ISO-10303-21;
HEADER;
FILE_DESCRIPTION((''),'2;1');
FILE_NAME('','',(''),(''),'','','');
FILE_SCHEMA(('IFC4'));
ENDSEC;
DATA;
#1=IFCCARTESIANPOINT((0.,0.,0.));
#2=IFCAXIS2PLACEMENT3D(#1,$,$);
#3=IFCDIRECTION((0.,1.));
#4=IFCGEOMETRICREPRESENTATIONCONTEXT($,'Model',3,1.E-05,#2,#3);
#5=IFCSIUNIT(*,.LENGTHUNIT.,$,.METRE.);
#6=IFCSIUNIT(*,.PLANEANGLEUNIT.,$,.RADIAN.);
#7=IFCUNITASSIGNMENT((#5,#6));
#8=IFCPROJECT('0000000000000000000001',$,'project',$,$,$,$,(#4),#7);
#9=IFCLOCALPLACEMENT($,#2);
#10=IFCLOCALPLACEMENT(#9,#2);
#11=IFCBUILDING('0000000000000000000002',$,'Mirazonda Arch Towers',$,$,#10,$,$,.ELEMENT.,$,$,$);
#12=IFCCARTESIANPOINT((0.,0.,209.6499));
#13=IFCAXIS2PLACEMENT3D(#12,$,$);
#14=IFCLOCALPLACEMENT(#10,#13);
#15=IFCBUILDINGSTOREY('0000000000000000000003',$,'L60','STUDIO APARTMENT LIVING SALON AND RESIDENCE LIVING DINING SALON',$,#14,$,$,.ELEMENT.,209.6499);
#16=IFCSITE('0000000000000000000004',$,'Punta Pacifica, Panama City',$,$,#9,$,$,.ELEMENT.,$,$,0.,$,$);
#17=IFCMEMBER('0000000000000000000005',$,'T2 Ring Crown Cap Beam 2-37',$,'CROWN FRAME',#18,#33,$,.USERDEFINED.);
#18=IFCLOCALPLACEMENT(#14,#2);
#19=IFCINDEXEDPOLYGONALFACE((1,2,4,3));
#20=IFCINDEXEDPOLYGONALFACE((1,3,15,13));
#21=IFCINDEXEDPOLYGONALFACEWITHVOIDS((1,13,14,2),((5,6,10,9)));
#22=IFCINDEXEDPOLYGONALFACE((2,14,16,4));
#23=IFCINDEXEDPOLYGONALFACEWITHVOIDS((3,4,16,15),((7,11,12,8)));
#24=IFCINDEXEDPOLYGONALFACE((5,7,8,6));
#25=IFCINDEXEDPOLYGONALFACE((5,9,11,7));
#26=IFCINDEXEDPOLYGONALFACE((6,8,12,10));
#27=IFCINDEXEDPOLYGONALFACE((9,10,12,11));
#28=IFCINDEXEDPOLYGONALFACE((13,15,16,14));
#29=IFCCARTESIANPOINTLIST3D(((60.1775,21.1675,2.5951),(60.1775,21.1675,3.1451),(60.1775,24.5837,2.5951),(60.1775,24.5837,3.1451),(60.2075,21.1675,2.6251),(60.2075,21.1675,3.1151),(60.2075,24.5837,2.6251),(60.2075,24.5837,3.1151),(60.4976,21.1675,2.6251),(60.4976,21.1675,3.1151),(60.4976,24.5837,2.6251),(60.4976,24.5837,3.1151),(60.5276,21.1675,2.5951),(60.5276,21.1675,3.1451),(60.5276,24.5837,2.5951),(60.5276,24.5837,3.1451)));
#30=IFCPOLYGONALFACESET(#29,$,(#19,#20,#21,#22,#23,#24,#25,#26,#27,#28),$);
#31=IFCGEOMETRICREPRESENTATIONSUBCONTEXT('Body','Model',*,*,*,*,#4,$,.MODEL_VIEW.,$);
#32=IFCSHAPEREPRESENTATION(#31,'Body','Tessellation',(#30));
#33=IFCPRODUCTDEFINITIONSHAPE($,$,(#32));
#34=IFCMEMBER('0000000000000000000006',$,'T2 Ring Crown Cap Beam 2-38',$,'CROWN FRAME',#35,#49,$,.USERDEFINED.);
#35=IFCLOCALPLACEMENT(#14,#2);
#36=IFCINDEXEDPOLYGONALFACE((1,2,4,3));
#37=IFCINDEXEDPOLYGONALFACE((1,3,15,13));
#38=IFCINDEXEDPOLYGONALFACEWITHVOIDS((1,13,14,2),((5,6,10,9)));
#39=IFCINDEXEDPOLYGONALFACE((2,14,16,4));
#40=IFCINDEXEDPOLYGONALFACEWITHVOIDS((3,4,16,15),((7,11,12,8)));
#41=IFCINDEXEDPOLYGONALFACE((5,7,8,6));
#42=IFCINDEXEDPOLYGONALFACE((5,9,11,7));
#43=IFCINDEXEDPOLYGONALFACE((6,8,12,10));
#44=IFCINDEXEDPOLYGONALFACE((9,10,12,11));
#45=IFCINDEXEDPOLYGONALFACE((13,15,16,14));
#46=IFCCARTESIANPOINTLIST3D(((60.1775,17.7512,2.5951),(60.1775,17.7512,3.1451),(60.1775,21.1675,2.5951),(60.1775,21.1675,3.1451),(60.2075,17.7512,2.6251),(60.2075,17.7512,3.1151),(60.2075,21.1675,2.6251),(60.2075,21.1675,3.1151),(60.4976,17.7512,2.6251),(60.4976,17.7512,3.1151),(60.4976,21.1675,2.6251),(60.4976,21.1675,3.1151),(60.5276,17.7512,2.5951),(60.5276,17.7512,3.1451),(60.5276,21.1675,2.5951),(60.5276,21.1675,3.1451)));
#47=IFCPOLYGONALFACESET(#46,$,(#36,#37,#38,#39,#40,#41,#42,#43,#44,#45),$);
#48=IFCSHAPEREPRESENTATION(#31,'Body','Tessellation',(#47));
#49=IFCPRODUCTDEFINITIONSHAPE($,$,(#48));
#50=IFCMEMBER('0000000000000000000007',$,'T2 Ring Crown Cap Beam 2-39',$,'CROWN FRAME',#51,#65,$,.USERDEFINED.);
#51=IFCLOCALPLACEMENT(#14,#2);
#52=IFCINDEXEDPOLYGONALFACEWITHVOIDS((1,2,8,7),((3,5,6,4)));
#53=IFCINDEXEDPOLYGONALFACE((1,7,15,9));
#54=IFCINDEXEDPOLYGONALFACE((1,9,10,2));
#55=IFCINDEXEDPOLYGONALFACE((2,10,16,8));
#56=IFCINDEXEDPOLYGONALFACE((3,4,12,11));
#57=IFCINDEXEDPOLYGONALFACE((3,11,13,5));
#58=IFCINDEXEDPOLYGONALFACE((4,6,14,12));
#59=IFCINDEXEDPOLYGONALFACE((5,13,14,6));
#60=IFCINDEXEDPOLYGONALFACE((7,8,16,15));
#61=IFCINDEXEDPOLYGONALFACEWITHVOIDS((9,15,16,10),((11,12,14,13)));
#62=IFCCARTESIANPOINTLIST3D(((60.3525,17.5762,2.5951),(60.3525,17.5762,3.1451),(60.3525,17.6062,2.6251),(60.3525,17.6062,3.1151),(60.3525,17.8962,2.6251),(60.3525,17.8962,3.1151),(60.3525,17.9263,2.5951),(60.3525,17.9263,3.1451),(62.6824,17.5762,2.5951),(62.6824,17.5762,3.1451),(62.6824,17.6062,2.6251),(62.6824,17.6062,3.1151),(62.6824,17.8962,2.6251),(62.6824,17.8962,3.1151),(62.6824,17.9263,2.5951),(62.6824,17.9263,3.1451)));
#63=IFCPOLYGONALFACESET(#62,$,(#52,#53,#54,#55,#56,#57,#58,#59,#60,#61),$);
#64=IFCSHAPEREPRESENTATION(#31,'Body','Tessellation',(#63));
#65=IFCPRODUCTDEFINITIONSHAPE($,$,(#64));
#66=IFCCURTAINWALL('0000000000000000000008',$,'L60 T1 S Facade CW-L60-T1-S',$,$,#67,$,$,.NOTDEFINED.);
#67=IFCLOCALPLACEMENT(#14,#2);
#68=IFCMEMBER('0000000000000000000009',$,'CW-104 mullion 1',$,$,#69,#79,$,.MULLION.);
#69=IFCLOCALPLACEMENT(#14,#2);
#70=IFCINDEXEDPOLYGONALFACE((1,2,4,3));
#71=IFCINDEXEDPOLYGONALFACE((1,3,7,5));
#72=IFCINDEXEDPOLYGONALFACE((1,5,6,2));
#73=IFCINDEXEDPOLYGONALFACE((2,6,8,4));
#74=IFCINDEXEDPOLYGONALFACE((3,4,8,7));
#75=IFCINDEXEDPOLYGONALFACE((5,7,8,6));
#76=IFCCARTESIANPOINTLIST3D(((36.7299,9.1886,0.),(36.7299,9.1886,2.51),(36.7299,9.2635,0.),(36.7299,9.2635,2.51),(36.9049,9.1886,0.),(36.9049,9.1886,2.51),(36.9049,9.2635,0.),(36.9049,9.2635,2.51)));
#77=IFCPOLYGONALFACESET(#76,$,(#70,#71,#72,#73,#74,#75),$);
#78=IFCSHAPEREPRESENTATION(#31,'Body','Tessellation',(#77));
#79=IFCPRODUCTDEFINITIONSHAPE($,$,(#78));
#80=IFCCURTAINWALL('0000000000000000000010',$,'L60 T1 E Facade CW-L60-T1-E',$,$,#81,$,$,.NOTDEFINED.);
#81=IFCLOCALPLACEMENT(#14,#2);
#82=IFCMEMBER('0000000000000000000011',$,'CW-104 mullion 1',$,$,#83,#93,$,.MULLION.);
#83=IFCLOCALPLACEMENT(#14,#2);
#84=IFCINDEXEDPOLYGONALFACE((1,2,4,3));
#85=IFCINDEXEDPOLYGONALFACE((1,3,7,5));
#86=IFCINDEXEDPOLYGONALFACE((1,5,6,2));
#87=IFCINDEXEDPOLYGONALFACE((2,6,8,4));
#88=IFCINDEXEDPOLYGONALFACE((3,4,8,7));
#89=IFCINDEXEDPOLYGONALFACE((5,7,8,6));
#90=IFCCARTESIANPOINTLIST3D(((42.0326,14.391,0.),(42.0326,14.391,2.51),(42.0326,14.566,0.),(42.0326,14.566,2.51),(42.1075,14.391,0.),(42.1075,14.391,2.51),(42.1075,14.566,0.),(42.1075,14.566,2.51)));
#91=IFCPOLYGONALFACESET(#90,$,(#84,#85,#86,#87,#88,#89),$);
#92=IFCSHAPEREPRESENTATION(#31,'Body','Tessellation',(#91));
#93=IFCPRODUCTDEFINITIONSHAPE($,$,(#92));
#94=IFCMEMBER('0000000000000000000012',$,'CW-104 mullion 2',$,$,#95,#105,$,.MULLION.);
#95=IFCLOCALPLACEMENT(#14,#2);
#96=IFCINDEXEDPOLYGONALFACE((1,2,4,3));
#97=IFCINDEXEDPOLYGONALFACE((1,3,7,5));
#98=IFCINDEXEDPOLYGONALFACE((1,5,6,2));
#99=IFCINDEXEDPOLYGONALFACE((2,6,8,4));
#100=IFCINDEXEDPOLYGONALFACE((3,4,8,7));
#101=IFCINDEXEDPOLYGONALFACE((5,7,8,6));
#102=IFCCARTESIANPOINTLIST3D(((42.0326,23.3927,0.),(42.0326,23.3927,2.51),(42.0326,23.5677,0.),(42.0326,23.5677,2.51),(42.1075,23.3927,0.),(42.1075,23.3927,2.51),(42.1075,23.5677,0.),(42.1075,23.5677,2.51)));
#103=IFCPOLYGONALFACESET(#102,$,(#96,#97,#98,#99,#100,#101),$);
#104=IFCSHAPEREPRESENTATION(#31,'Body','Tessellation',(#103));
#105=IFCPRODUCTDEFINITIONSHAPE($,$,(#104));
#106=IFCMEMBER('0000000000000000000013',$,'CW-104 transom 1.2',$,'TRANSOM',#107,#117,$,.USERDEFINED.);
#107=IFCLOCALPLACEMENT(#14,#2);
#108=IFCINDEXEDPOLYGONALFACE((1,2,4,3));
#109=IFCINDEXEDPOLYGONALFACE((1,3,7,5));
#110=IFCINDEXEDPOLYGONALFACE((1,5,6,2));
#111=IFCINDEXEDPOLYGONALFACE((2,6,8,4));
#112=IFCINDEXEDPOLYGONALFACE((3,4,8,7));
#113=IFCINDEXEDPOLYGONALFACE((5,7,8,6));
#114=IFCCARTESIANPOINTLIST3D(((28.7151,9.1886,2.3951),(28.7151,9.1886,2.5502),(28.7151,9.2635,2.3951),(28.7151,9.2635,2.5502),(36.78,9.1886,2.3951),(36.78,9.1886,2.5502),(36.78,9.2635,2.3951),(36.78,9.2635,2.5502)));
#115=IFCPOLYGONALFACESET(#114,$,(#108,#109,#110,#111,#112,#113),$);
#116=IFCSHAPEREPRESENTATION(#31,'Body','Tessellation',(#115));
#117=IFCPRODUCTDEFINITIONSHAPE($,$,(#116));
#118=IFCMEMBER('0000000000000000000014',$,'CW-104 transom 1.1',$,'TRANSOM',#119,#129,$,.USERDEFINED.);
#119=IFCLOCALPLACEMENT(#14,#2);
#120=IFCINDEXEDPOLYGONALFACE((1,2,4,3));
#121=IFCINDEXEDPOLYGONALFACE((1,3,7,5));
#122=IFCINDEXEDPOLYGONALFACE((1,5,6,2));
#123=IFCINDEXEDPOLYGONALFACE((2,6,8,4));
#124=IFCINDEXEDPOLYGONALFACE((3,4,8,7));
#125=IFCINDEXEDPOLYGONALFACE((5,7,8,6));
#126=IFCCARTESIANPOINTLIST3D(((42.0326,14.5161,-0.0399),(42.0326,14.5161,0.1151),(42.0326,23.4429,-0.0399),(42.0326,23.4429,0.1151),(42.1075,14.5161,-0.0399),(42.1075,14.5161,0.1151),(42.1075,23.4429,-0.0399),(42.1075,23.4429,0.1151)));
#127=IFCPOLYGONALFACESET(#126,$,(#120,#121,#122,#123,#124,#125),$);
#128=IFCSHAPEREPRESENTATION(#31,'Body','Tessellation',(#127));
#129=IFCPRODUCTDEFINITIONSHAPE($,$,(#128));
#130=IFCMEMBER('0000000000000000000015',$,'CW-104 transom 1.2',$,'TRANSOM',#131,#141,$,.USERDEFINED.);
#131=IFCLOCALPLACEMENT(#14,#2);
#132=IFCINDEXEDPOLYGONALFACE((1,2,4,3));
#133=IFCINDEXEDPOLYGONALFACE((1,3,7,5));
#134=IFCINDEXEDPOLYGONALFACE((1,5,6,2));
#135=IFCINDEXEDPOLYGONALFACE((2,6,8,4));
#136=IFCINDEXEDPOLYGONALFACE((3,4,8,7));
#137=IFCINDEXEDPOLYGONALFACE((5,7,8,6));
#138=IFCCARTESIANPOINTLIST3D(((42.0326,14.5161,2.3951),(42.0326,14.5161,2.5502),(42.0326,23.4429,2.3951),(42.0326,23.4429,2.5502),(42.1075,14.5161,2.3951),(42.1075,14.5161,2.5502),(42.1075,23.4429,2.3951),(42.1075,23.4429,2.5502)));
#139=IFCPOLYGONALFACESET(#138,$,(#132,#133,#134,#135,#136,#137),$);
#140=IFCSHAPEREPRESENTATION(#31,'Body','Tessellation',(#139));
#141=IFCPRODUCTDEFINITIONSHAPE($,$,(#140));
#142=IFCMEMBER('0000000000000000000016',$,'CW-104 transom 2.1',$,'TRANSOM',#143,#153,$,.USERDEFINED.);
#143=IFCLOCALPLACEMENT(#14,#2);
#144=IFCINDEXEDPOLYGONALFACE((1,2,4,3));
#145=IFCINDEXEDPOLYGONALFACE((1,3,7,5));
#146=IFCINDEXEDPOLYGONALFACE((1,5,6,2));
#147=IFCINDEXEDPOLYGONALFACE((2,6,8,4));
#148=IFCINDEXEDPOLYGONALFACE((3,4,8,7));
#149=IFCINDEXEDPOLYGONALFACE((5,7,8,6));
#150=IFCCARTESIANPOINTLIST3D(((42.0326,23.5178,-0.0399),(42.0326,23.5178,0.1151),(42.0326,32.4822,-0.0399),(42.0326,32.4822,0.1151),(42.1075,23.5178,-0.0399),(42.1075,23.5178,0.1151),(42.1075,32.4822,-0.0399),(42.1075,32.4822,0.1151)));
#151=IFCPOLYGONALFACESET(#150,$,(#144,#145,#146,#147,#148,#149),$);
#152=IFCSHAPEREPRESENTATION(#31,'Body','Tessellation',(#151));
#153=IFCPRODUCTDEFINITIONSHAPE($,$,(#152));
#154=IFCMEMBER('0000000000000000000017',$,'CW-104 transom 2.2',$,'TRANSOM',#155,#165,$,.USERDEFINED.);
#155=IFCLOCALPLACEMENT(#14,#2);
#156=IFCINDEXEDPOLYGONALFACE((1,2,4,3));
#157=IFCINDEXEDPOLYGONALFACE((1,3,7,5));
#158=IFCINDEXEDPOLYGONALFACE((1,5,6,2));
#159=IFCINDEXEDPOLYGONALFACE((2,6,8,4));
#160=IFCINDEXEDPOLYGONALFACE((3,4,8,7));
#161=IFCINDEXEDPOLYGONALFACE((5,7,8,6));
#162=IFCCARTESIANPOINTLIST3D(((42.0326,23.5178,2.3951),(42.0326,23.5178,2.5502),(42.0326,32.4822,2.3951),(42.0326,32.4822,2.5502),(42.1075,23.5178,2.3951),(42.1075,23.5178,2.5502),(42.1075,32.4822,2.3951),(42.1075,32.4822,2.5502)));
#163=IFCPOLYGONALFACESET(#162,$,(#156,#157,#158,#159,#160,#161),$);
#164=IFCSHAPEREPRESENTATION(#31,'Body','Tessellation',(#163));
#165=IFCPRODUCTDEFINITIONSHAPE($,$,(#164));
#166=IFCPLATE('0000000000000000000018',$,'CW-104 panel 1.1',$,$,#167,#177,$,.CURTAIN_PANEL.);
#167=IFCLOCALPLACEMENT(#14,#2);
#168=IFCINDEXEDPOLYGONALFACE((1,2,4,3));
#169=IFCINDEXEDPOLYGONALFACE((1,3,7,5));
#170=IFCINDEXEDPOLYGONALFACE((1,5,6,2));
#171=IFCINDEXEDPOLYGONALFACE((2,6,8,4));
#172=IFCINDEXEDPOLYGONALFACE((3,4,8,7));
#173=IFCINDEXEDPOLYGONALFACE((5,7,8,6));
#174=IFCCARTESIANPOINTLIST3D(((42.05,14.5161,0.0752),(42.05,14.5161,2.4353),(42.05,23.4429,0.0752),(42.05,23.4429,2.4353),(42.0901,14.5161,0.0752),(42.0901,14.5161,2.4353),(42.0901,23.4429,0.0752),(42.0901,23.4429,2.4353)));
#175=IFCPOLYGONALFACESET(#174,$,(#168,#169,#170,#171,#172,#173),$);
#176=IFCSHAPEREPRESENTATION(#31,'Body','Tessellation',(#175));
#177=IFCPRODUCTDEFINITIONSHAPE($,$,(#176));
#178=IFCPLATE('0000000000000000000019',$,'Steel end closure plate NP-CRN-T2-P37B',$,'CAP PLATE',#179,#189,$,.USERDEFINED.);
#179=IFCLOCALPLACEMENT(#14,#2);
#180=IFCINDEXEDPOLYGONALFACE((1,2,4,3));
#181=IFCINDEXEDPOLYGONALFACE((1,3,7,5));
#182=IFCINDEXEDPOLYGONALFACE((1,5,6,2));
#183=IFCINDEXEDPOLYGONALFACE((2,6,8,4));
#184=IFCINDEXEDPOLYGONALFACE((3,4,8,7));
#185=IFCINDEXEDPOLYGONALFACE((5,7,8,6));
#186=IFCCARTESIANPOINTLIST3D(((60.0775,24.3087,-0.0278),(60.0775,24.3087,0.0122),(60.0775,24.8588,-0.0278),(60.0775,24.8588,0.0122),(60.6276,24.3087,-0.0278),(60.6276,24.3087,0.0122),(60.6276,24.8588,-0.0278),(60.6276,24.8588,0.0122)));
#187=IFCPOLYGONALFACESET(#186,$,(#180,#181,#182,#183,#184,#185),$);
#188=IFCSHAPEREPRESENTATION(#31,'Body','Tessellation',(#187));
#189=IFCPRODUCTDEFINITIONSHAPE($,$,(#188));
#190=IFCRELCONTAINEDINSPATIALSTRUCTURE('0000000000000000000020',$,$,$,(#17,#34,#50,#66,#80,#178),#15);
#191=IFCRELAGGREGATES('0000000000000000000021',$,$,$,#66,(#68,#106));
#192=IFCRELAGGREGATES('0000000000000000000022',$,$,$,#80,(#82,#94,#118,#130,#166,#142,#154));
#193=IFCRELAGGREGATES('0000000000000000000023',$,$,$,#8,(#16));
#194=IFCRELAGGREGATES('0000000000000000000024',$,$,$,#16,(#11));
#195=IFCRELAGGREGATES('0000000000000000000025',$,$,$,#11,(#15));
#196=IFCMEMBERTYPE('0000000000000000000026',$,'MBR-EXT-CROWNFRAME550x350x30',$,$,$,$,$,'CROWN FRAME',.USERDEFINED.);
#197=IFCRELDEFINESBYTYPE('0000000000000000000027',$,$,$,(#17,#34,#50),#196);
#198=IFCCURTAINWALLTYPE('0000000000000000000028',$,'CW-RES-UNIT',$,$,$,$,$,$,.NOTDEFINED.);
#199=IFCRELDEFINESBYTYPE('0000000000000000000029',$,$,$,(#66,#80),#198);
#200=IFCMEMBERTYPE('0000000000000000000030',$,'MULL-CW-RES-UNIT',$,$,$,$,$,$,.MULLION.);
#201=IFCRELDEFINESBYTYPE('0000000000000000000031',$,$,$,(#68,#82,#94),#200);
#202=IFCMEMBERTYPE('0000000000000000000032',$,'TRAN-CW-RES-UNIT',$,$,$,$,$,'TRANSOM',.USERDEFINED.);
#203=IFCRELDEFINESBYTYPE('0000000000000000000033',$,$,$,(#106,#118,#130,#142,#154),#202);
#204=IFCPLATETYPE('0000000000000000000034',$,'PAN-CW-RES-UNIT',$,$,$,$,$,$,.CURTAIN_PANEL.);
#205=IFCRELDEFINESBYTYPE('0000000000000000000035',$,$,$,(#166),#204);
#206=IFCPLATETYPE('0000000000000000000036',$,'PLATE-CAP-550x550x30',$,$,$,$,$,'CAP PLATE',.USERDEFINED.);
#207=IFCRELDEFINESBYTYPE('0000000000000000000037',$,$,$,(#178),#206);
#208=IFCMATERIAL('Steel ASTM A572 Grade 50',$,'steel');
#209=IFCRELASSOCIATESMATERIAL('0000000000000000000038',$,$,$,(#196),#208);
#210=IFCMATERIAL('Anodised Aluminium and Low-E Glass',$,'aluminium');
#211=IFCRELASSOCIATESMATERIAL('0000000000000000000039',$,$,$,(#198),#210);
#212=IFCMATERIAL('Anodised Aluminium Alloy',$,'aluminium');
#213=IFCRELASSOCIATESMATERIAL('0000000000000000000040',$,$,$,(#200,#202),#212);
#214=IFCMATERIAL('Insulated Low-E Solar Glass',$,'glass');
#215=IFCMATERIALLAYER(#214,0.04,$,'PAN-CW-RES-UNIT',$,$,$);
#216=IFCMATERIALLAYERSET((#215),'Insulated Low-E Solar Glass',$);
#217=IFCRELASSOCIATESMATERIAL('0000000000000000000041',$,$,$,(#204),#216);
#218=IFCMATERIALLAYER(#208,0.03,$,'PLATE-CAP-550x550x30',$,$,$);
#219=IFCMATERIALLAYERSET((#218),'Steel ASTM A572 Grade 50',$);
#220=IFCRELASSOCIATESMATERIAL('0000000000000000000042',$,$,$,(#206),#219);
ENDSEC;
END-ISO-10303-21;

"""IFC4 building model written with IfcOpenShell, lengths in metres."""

from ifc_helpers import new_model, si_unit, direction, frame, origin, origin_2d, place, context, subcontext, project, spatial, rectangle, hollow_rectangle, extrude, material, layer, layer_set, material_profile, profile_set, type_object, element, aggregate, save


model = new_model("IFC4")

# Units and contexts
model_context = context("Model", 3, precision=1e-05, world=origin(), true_north=direction((0.0, 1.0)))
body_context = subcontext(model_context, "Body", "Model", "MODEL_VIEW")
ifc_project = project(units=[si_unit("LENGTHUNIT", "METRE"), si_unit("PLANEANGLEUNIT", "RADIAN")], contexts=[model_context])

# Site, building, storey
site_placement = place(None, origin())
site = spatial("IfcSite", under=ifc_project, at=site_placement, Name="Punta Pacifica, Panama City", CompositionType="ELEMENT", RefElevation=0.0)
building_placement = place(site_placement, origin())
building = spatial("IfcBuilding", under=site, at=building_placement, Name="Mirazonda Arch Towers", CompositionType="ELEMENT")
storey_placement = place(building_placement, frame((0.0, 0.0, 209.6499)))
storey = spatial("IfcBuildingStorey", under=building, at=storey_placement, Name="L60", Description="STUDIO APARTMENT LIVING SALON AND RESIDENCE LIVING DINING SALON", CompositionType="ELEMENT", Elevation=209.6499)

# Shared definitions
ifc_material_1 = material(Name="Steel ASTM A572 Grade 50", Category="steel")

# Members
ifc_material_profile_1 = material_profile(ifc_material_1, hollow_rectangle(XDim=0.3501, YDim=0.55, WallThickness=0.03, at=origin_2d()), Name="CROWNFRAME550x350x30")
ifc_profile_set_1 = profile_set([ifc_material_profile_1], Name="Steel ASTM A572 Grade 50")
member_type_1 = type_object("IfcMemberType", Name="MBR-EXT-CROWNFRAME550x350x30", ElementType="CROWN FRAME", PredefinedType="USERDEFINED", material=ifc_profile_set_1)
for number, where, z_axis, x_axis, name in (
    (1, (60.3525, 24.5837, 2.8701), (0.0, -1.0, 0.0), (1.0, 0.0, 0.0), "T2 Ring Crown Cap Beam 2-37"),
    (2, (60.3525, 21.1675, 2.8701), (0.0, -1.0, 0.0), (1.0, 0.0, 0.0), "T2 Ring Crown Cap Beam 2-38"),
):
    element("IfcMember", number, at=place(storey_placement, frame(where, z_axis=z_axis, x_axis=x_axis)), inside=storey, type_object=member_type_1, Name=name, ObjectType="CROWN FRAME", PredefinedType="USERDEFINED", context=body_context, shape_type="SweptSolid", body=[
        extrude(hollow_rectangle(XDim=0.3501, YDim=0.55, WallThickness=0.03, at=origin_2d()), origin(), (0.0, 0.0, 1.0), 3.4163),
    ])
member_1_placement = place(storey_placement, frame((60.3525, 17.7512, 2.8701), z_axis=(1.0, 0.0, 0.0), x_axis=(0.0, 1.0, 0.0)))
element("IfcMember", 3, at=member_1_placement, inside=storey, type_object=member_type_1, Name="T2 Ring Crown Cap Beam 2-39", ObjectType="CROWN FRAME", PredefinedType="USERDEFINED", context=body_context, shape_type="SweptSolid", body=[
    extrude(hollow_rectangle(XDim=0.3501, YDim=0.55, WallThickness=0.03, at=origin_2d()), origin(), (0.0, 0.0, 1.0), 2.3298),
])

# Curtain wall, member
ifc_material_2 = material(Name="Anodised Aluminium and Low-E Glass", Category="aluminium")
curtain_wall_type = type_object("IfcCurtainWallType", Name="CW-RES-UNIT", PredefinedType="NOTDEFINED", material=ifc_material_2)
curtain_wall_1_placement = place(storey_placement, origin())
curtain_wall_1 = element("IfcCurtainWall", 4, at=curtain_wall_1_placement, inside=storey, type_object=curtain_wall_type, Name="L60 T1 S Facade CW-L60-T1-S", PredefinedType="NOTDEFINED")
ifc_material_3 = material(Name="Anodised Aluminium Alloy", Category="aluminium")
ifc_material_profile_2 = material_profile(ifc_material_3, rectangle(XDim=0.075, YDim=0.175, at=origin_2d()), Name="ALU-MULL-75x175")
ifc_profile_set_2 = profile_set([ifc_material_profile_2], Name="Anodised Aluminium Alloy")
member_type_2 = type_object("IfcMemberType", Name="MULL-CW-RES-UNIT", PredefinedType="MULLION", material=ifc_profile_set_2)
member_2_placement = place(storey_placement, frame((36.8174, 9.2261, 0.0), z_axis=(0.0, 0.0, 1.0), x_axis=(0.0, -1.0, 0.0)))
member_2 = element("IfcMember", 5, at=member_2_placement, type_object=member_type_2, Name="CW-104 mullion 1", PredefinedType="MULLION", context=body_context, shape_type="SweptSolid", body=[
    extrude(rectangle(XDim=0.075, YDim=0.175, at=origin_2d()), origin(), (0.0, 0.0, 1.0), 2.51),
])

# Curtain wall, members
curtain_wall_2_placement = place(storey_placement, origin())
curtain_wall_2 = element("IfcCurtainWall", 6, at=curtain_wall_2_placement, inside=storey, type_object=curtain_wall_type, Name="L60 T1 E Facade CW-L60-T1-E", PredefinedType="NOTDEFINED")
member_3_placement = place(storey_placement, frame((42.0701, 14.4785, 0.0), z_axis=(0.0, 0.0, 1.0), x_axis=(-1.0, 0.0, 0.0)))
member_3 = element("IfcMember", 7, at=member_3_placement, type_object=member_type_2, Name="CW-104 mullion 1", PredefinedType="MULLION", context=body_context, shape_type="SweptSolid", body=[
    extrude(rectangle(XDim=0.075, YDim=0.175, at=origin_2d()), origin(), (0.0, 0.0, 1.0), 2.51),
])
member_4_placement = place(storey_placement, frame((42.0701, 23.4802, 0.0), z_axis=(0.0, 0.0, 1.0), x_axis=(-1.0, 0.0, 0.0)))
member_4 = element("IfcMember", 8, at=member_4_placement, type_object=member_type_2, Name="CW-104 mullion 2", PredefinedType="MULLION", context=body_context, shape_type="SweptSolid", body=[
    extrude(rectangle(XDim=0.075, YDim=0.175, at=origin_2d()), origin(), (0.0, 0.0, 1.0), 2.51),
])

# Members
ifc_material_profile_3 = material_profile(ifc_material_3, rectangle(XDim=0.075, YDim=0.155, at=origin_2d()), Name="ALU-TRAN-75x155")
ifc_profile_set_3 = profile_set([ifc_material_profile_3], Name="Anodised Aluminium Alloy")
member_type_3 = type_object("IfcMemberType", Name="TRAN-CW-RES-UNIT", ElementType="TRANSOM", PredefinedType="USERDEFINED", material=ifc_profile_set_3)
member_5_placement = place(storey_placement, frame((36.78, 9.2261, 2.4727), z_axis=(-1.0, 0.0, 0.0), x_axis=(0.0, -1.0, 0.0)))
member_5 = element("IfcMember", 9, at=member_5_placement, type_object=member_type_3, Name="CW-104 transom 1.2", ObjectType="TRANSOM", PredefinedType="USERDEFINED", context=body_context, shape_type="SweptSolid", body=[
    extrude(rectangle(XDim=0.075, YDim=0.155, at=origin_2d()), origin(), (0.0, 0.0, 1.0), 8.0649),
])
aggregate(curtain_wall_1, [member_2, member_5])
member_6_placement = place(storey_placement, frame((42.0701, 14.5161, 0.0376), z_axis=(0.0, 1.0, 0.0), x_axis=(-1.0, 0.0, 0.0)))
member_6 = element("IfcMember", 10, at=member_6_placement, type_object=member_type_3, Name="CW-104 transom 1.1", ObjectType="TRANSOM", PredefinedType="USERDEFINED", context=body_context, shape_type="SweptSolid", body=[
    extrude(rectangle(XDim=0.075, YDim=0.155, at=origin_2d()), origin(), (0.0, 0.0, 1.0), 8.9268),
])
member_7_placement = place(storey_placement, frame((42.0701, 14.5161, 2.4727), z_axis=(0.0, 1.0, 0.0), x_axis=(-1.0, 0.0, 0.0)))
member_7 = element("IfcMember", 11, at=member_7_placement, type_object=member_type_3, Name="CW-104 transom 1.2", ObjectType="TRANSOM", PredefinedType="USERDEFINED", context=body_context, shape_type="SweptSolid", body=[
    extrude(rectangle(XDim=0.075, YDim=0.155, at=origin_2d()), origin(), (0.0, 0.0, 1.0), 8.9268),
])
member_8_placement = place(storey_placement, frame((42.0701, 23.5178, 0.0376), z_axis=(0.0, 1.0, 0.0), x_axis=(-1.0, 0.0, 0.0)))
member_8 = element("IfcMember", 12, at=member_8_placement, type_object=member_type_3, Name="CW-104 transom 2.1", ObjectType="TRANSOM", PredefinedType="USERDEFINED", context=body_context, shape_type="SweptSolid", body=[
    extrude(rectangle(XDim=0.075, YDim=0.155, at=origin_2d()), origin(), (0.0, 0.0, 1.0), 8.9644),
])
member_9_placement = place(storey_placement, frame((42.0701, 23.5178, 2.4727), z_axis=(0.0, 1.0, 0.0), x_axis=(-1.0, 0.0, 0.0)))
member_9 = element("IfcMember", 13, at=member_9_placement, type_object=member_type_3, Name="CW-104 transom 2.2", ObjectType="TRANSOM", PredefinedType="USERDEFINED", context=body_context, shape_type="SweptSolid", body=[
    extrude(rectangle(XDim=0.075, YDim=0.155, at=origin_2d()), origin(), (0.0, 0.0, 1.0), 8.9644),
])

# Plate
ifc_material_4 = material(Name="Insulated Low-E Solar Glass", Category="glass")
ifc_layer_1 = layer(ifc_material_4, 0.04, Name="PAN-CW-RES-UNIT")
ifc_layer_set_1 = layer_set([ifc_layer_1], Name="Insulated Low-E Solar Glass")
plate_type_1 = type_object("IfcPlateType", Name="PAN-CW-RES-UNIT", PredefinedType="CURTAIN_PANEL", material=ifc_layer_set_1)
plate_placement = place(storey_placement, frame((42.0701, 18.9795, 0.0752), z_axis=(0.0, 0.0, 1.0), x_axis=(0.0, 1.0, 0.0)))
plate = element("IfcPlate", 14, at=plate_placement, type_object=plate_type_1, Name="CW-104 panel 1.1", PredefinedType="CURTAIN_PANEL", context=body_context, shape_type="SweptSolid", body=[
    extrude(rectangle(XDim=8.9268, YDim=0.04, at=origin_2d()), origin(), (0.0, 0.0, 1.0), 2.3601),
])
aggregate(curtain_wall_2, [member_3, member_4, member_6, member_7, plate, member_8, member_9])

# Plate
ifc_layer_2 = layer(ifc_material_1, 0.03, Name="PLATE-CAP-550x550x30")
ifc_layer_set_2 = layer_set([ifc_layer_2], Name="Steel ASTM A572 Grade 50")
plate_type_2 = type_object("IfcPlateType", Name="PLATE-CAP-550x550x30", ElementType="CAP PLATE", PredefinedType="USERDEFINED", material=ifc_layer_set_2)
for number, where, z_axis, x_axis, name in (
    (15, (60.3525, 24.5837, -0.0278), (0.0, 0.0, 1.0), (1.0, 0.0, 0.0), "Steel end closure plate NP-CRN-T2-P37B"),
):
    element("IfcPlate", number, at=place(storey_placement, frame(where, z_axis=z_axis, x_axis=x_axis)), inside=storey, type_object=plate_type_2, Name=name, ObjectType="CAP PLATE", PredefinedType="USERDEFINED", context=body_context, shape_type="SweptSolid", body=[
        extrude(rectangle(XDim=0.55, YDim=0.55, at=origin_2d()), origin(), (0.0, 0.0, 1.0), 0.04),
    ])

save(model, "model.ifc")
